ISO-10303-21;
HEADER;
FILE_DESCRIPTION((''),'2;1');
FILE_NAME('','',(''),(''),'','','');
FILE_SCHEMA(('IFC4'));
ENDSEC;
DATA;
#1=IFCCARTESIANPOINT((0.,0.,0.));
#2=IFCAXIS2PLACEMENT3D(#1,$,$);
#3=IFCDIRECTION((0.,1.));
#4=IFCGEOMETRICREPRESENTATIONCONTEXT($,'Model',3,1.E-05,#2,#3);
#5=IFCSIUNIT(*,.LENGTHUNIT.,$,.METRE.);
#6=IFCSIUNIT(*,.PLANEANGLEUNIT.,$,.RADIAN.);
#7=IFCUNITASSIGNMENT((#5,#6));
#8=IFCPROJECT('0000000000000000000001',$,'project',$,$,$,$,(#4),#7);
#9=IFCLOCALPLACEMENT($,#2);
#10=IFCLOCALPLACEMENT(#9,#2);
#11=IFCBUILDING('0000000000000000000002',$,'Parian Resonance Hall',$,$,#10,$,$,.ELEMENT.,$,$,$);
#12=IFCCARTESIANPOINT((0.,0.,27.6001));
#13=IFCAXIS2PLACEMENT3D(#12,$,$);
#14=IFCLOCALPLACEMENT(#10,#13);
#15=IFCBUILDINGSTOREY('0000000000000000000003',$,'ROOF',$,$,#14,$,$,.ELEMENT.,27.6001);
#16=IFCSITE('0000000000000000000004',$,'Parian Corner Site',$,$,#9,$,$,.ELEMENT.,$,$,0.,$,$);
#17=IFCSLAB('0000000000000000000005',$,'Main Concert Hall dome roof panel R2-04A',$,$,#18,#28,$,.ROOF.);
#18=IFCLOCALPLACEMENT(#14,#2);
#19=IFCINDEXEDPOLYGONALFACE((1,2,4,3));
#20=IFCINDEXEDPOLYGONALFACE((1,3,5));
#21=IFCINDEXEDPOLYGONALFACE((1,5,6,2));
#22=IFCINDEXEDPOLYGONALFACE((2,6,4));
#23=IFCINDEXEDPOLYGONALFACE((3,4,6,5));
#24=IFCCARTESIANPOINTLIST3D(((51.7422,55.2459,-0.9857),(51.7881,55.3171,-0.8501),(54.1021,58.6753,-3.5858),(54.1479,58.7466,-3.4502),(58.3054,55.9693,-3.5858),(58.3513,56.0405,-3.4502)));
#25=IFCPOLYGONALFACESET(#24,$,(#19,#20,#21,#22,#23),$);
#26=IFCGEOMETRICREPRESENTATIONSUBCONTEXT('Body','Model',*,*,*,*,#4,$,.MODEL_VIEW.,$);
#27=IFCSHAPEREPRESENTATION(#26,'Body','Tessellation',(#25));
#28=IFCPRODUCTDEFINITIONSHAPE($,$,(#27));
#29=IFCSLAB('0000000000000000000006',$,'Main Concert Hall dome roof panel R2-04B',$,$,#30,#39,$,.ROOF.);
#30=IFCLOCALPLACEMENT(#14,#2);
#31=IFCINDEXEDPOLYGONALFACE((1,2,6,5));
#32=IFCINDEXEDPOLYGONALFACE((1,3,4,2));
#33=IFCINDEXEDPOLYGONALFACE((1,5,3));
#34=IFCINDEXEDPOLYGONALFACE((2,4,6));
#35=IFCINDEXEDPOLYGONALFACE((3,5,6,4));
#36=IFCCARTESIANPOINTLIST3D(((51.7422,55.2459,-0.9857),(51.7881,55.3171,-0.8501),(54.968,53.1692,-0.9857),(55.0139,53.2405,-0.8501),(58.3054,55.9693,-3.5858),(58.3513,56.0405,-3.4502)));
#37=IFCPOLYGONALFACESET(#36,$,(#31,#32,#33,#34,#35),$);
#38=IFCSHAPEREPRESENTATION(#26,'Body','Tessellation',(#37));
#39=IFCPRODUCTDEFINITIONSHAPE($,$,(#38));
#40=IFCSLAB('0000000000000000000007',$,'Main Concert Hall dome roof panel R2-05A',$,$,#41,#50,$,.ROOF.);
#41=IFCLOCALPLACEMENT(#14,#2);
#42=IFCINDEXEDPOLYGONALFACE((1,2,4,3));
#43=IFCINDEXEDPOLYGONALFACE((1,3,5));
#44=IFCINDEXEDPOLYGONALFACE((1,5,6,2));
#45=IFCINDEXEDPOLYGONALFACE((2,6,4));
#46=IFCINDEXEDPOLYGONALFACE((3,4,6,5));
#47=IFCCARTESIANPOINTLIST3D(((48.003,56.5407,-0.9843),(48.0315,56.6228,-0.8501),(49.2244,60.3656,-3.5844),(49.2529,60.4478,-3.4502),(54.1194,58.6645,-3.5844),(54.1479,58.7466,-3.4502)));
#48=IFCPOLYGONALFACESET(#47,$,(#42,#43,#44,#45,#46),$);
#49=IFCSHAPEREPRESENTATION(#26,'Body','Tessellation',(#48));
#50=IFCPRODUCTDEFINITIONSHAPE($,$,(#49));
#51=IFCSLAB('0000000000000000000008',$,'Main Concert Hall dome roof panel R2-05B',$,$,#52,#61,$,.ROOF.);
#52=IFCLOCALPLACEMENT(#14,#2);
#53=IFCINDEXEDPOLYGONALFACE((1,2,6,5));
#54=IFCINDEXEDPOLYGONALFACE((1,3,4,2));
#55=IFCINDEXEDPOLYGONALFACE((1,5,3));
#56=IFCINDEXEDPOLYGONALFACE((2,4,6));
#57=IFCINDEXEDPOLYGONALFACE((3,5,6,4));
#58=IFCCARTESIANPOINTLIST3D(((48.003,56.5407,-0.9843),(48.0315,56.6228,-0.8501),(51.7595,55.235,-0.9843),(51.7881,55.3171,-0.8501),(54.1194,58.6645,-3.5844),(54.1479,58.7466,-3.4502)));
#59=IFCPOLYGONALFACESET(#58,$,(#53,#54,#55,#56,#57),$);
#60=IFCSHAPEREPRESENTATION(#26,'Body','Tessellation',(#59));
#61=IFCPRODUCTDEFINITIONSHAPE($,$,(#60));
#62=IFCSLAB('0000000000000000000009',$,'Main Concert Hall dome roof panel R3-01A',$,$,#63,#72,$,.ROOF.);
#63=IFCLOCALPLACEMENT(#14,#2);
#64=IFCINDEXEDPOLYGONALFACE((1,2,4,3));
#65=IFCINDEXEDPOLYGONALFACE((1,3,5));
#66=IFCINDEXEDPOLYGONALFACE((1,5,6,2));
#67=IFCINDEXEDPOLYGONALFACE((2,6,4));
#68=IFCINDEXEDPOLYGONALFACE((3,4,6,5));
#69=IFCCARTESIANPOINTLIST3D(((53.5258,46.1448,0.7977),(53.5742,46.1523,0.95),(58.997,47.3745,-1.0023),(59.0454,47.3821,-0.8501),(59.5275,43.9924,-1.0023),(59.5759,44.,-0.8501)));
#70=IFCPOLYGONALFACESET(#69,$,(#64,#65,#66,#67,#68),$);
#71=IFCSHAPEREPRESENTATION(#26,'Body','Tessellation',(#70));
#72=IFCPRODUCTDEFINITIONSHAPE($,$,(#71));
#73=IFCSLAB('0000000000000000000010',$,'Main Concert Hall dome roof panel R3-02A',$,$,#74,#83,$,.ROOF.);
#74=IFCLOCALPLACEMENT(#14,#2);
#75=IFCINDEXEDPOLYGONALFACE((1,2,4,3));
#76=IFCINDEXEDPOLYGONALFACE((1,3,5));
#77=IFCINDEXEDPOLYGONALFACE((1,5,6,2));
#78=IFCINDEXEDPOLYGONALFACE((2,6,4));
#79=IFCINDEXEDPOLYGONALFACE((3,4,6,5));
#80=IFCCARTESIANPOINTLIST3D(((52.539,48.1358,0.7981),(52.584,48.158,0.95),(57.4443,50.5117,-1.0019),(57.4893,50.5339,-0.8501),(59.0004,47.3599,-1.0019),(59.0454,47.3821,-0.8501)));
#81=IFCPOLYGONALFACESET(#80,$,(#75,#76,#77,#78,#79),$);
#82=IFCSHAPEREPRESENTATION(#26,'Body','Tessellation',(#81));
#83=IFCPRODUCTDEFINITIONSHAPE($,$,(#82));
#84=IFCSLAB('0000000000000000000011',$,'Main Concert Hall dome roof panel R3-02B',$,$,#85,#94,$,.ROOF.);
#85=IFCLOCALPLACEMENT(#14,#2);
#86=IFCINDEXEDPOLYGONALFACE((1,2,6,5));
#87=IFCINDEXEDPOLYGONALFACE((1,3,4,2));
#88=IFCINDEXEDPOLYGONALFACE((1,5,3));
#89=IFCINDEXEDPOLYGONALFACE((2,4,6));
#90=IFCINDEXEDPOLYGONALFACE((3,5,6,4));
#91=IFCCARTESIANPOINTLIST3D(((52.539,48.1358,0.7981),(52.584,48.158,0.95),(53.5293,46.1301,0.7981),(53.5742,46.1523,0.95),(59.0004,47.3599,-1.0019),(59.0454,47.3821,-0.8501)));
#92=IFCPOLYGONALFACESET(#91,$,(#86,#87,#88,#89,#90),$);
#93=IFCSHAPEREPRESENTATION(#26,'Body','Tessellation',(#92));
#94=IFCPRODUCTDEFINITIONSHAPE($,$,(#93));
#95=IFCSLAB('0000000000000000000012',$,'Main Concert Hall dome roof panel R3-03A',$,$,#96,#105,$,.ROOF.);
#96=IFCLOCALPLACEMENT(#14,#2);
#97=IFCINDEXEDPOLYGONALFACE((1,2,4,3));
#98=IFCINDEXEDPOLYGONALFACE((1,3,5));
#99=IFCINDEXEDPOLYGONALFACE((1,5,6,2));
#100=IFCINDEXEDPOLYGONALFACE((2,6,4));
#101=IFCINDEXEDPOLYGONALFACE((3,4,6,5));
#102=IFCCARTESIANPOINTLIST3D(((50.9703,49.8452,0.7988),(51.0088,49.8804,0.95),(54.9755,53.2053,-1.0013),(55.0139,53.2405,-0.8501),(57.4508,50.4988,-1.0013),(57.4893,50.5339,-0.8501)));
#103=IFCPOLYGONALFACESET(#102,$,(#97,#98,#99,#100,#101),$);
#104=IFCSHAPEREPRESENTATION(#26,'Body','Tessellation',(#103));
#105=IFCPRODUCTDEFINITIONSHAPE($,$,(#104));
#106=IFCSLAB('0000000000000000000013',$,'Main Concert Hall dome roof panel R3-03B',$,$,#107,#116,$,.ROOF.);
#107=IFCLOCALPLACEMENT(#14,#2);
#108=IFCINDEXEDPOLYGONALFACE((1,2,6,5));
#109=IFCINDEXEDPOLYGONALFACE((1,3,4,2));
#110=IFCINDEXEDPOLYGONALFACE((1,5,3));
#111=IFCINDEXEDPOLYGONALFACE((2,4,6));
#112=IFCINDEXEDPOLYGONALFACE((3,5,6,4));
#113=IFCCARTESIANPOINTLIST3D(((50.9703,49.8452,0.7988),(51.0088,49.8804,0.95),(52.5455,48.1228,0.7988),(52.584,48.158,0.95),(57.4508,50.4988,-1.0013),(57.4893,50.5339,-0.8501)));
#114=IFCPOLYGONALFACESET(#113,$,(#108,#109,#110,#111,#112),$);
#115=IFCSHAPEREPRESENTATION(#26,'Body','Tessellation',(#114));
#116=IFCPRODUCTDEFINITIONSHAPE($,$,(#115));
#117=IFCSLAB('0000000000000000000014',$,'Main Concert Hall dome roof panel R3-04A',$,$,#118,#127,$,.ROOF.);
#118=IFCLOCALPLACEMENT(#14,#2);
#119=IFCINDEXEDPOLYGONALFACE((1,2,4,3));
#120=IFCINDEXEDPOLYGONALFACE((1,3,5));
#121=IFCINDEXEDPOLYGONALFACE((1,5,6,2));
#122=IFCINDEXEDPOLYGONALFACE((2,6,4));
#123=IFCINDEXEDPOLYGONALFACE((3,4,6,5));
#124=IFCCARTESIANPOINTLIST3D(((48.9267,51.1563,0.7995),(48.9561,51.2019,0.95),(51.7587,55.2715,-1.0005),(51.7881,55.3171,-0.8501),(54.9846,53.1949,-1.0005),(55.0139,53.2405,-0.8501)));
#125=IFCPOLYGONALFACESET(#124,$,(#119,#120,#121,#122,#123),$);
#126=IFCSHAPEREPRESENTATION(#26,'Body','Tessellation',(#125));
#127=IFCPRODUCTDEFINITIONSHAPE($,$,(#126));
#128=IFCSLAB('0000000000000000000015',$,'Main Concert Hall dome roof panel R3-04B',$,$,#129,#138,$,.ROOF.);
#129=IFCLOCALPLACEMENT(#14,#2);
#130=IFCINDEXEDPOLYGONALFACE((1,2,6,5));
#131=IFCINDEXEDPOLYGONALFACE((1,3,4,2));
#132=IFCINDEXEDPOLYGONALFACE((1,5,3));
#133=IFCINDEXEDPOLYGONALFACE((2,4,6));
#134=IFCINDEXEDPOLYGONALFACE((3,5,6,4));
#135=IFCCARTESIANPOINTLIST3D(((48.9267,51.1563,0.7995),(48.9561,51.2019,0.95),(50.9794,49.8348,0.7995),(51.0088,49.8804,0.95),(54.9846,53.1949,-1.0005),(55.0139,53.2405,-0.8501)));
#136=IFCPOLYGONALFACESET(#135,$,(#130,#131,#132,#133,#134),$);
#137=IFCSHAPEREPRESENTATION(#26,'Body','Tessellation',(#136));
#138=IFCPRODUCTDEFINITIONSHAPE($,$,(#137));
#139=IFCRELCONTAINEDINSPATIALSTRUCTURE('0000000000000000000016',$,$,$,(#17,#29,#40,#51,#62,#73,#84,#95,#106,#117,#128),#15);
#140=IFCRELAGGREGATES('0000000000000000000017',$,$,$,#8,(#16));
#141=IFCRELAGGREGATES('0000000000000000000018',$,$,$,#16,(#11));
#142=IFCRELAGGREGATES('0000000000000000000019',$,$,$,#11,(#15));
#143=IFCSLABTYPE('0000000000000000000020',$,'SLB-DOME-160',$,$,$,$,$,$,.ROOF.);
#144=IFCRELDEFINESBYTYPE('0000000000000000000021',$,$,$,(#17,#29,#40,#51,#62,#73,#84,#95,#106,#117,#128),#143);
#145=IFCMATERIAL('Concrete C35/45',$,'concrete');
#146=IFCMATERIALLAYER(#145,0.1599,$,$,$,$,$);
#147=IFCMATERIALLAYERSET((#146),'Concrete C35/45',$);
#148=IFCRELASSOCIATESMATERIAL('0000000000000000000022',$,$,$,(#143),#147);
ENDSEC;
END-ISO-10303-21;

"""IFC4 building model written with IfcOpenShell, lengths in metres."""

from ifc_helpers import new_model, si_unit, direction, frame, origin, place, context, subcontext, project, spatial, polyline, outline, extrude, material, layer, layer_set, type_object, element, save


model = new_model("IFC4")

# Units and contexts
model_context = context("Model", 3, precision=1e-05, world=origin(), true_north=direction((0.0, 1.0)))
body_context = subcontext(model_context, "Body", "Model", "MODEL_VIEW")
ifc_project = project(units=[si_unit("LENGTHUNIT", "METRE"), si_unit("PLANEANGLEUNIT", "RADIAN")], contexts=[model_context])

# Site, building, storey
site_placement = place(None, origin())
site = spatial("IfcSite", under=ifc_project, at=site_placement, Name="Parian Corner Site", CompositionType="ELEMENT", RefElevation=0.0)
building_placement = place(site_placement, origin())
building = spatial("IfcBuilding", under=site, at=building_placement, Name="Parian Resonance Hall", CompositionType="ELEMENT")
storey_placement = place(building_placement, frame((0.0, 0.0, 27.6001)))
storey = spatial("IfcBuildingStorey", under=building, at=storey_placement, Name="ROOF", CompositionType="ELEMENT", Elevation=27.6001)

# Slabs
ifc_material_1 = material(Name="Concrete C35/45", Category="concrete")
ifc_layer_1 = layer(ifc_material_1, 0.1599)
ifc_layer_set_1 = layer_set([ifc_layer_1], Name="Concrete C35/45")
slab_type = type_object("IfcSlabType", Name="SLB-DOME-160", PredefinedType="ROOF", material=ifc_layer_set_1)
slab_1_placement = place(storey_placement, frame((58.3513, 56.0405, -3.4502), z_axis=(0.286852, 0.445573, 0.848045), x_axis=(-0.840824, 0.541308, 0.0)))
element("IfcSlab", 1, at=slab_1_placement, inside=storey, type_object=slab_type, Name="Main Concert Hall dome roof panel R2-04A", PredefinedType="ROOF", context=body_context, shape_type="SweptSolid", body=[
    extrude(outline(polyline([(0.0, 0.0), (4.9991, 0.0), (5.127, 4.9065), (0.0, 0.0)])), origin(), (0.0, 0.0, -1.0), 0.1599),
])
slab_2_placement = place(storey_placement, frame((58.3513, 56.0405, -3.4502), z_axis=(0.286849, 0.445584, 0.84804), x_axis=(-0.924859, -0.101936, 0.366393)))
element("IfcSlab", 2, at=slab_2_placement, inside=storey, type_object=slab_type, Name="Main Concert Hall dome roof panel R2-04B", PredefinedType="ROOF", context=body_context, shape_type="SweptSolid", body=[
    extrude(outline(polyline([(0.0, 0.0), (7.0965, 0.0), (4.3247, 2.6525), (0.0, 0.0)])), origin(), (0.0, 0.0, -1.0), 0.1599),
])
slab_3_placement = place(storey_placement, frame((54.1479, 58.7466, -3.4502), z_axis=(0.178471, 0.513541, 0.839299), x_axis=(-0.944583, 0.328272, 0.0)))
element("IfcSlab", 3, at=slab_3_placement, inside=storey, type_object=slab_type, Name="Main Concert Hall dome roof panel R2-05A", PredefinedType="ROOF", context=body_context, shape_type="SweptSolid", body=[
    extrude(outline(polyline([(0.0, 0.0), (5.1822, 0.0), (5.0803, 4.7825), (0.0, 0.0)])), origin(), (0.0, 0.0, -1.0), 0.1599),
])
slab_4_placement = place(storey_placement, frame((54.1479, 58.7466, -3.4502), z_axis=(0.178483, 0.513521, 0.839309), x_axis=(-0.876629, -0.304386, 0.372654)))
element("IfcSlab", 4, at=slab_4_placement, inside=storey, type_object=slab_type, Name="Main Concert Hall dome roof panel R2-05B", PredefinedType="ROOF", context=body_context, shape_type="SweptSolid", body=[
    extrude(outline(polyline([(0.0, 0.0), (6.9772, 0.0), (4.0815, 2.7261), (0.0, 0.0)])), origin(), (0.0, 0.0, -1.0), 0.1599),
])
slab_5_placement = place(storey_placement, frame((59.5759, 44.0, -0.8501), z_axis=(0.302532, 0.047456, 0.951957), x_axis=(-0.154966, 0.98792, 0.0)))
element("IfcSlab", 5, at=slab_5_placement, inside=storey, type_object=slab_type, Name="Main Concert Hall dome roof panel R3-01A", PredefinedType="ROOF", context=body_context, shape_type="SweptSolid", body=[
    extrude(outline(polyline([(0.0, 0.0), (3.4234, 0.0), (3.0564, 5.8781), (0.0, 0.0)])), origin(), (0.0, 0.0, -1.0), 0.1599),
])
slab_6_placement = place(storey_placement, frame((59.0454, 47.3821, -0.8501), z_axis=(0.281201, 0.138836, 0.949553), x_axis=(-0.442707, 0.896666, 0.0)))
element("IfcSlab", 6, at=slab_6_placement, inside=storey, type_object=slab_type, Name="Main Concert Hall dome roof panel R3-02A", PredefinedType="ROOF", context=body_context, shape_type="SweptSolid", body=[
    extrude(outline(polyline([(0.0, 0.0), (3.5151, 0.0), (3.5562, 5.7398), (0.0, 0.0)])), origin(), (0.0, 0.0, -1.0), 0.1599),
])
slab_7_placement = place(storey_placement, frame((59.0454, 47.3821, -0.8501), z_axis=(0.281201, 0.138838, 0.949552), x_axis=(-0.956937, 0.114908, 0.266587)))
element("IfcSlab", 7, at=slab_7_placement, inside=storey, type_object=slab_type, Name="Main Concert Hall dome roof panel R3-02B", PredefinedType="ROOF", context=body_context, shape_type="SweptSolid", body=[
    extrude(outline(polyline([(0.0, 0.0), (6.7522, 0.0), (5.5741, 1.9014), (0.0, 0.0)])), origin(), (0.0, 0.0, -1.0), 0.1599),
])
slab_8_placement = place(storey_placement, frame((57.4893, 50.5339, -0.8501), z_axis=(0.240431, 0.219893, 0.945431), x_axis=(-0.674886, 0.737922, 0.0)))
element("IfcSlab", 8, at=slab_8_placement, inside=storey, type_object=slab_type, Name="Main Concert Hall dome roof panel R3-03A", PredefinedType="ROOF", context=body_context, shape_type="SweptSolid", body=[
    extrude(outline(polyline([(0.0, 0.0), (3.6678, 0.0), (3.8913, 5.5246), (0.0, 0.0)])), origin(), (0.0, 0.0, -1.0), 0.1599),
])
slab_9_placement = place(storey_placement, frame((57.4893, 50.5339, -0.8501), z_axis=(0.240433, 0.219883, 0.945433), x_axis=(-0.959004, -0.096717, 0.266378)))
element("IfcSlab", 9, at=slab_9_placement, inside=storey, type_object=slab_type, Name="Main Concert Hall dome roof panel R3-03B", PredefinedType="ROOF", context=body_context, shape_type="SweptSolid", body=[
    extrude(outline(polyline([(0.0, 0.0), (6.7575, 0.0), (5.4135, 1.9083), (0.0, 0.0)])), origin(), (0.0, 0.0, -1.0), 0.1599),
])
slab_10_placement = place(storey_placement, frame((55.0139, 53.2405, -0.8501), z_axis=(0.183573, 0.285157, 0.940737), x_axis=(-0.840833, 0.541295, 0.0)))
element("IfcSlab", 10, at=slab_10_placement, inside=storey, type_object=slab_type, Name="Main Concert Hall dome roof panel R3-04A", PredefinedType="ROOF", context=body_context, shape_type="SweptSolid", body=[
    extrude(outline(polyline([(0.0, 0.0), (3.8365, 0.0), (3.9902, 5.3077), (0.0, 0.0)])), origin(), (0.0, 0.0, -1.0), 0.1599),
])
slab_11_placement = place(storey_placement, frame((55.0139, 53.2405, -0.8501), z_axis=(0.183576, 0.285149, 0.940739), x_axis=(-0.912287, -0.307, 0.271079)))
element("IfcSlab", 11, at=slab_11_placement, inside=storey, type_object=slab_type, Name="Main Concert Hall dome roof panel R3-04B", PredefinedType="ROOF", context=body_context, shape_type="SweptSolid", body=[
    extrude(outline(polyline([(0.0, 0.0), (6.6403, 0.0), (5.1733, 1.9515), (0.0, 0.0)])), origin(), (0.0, 0.0, -1.0), 0.1599),
])

save(model, "model.ifc")
